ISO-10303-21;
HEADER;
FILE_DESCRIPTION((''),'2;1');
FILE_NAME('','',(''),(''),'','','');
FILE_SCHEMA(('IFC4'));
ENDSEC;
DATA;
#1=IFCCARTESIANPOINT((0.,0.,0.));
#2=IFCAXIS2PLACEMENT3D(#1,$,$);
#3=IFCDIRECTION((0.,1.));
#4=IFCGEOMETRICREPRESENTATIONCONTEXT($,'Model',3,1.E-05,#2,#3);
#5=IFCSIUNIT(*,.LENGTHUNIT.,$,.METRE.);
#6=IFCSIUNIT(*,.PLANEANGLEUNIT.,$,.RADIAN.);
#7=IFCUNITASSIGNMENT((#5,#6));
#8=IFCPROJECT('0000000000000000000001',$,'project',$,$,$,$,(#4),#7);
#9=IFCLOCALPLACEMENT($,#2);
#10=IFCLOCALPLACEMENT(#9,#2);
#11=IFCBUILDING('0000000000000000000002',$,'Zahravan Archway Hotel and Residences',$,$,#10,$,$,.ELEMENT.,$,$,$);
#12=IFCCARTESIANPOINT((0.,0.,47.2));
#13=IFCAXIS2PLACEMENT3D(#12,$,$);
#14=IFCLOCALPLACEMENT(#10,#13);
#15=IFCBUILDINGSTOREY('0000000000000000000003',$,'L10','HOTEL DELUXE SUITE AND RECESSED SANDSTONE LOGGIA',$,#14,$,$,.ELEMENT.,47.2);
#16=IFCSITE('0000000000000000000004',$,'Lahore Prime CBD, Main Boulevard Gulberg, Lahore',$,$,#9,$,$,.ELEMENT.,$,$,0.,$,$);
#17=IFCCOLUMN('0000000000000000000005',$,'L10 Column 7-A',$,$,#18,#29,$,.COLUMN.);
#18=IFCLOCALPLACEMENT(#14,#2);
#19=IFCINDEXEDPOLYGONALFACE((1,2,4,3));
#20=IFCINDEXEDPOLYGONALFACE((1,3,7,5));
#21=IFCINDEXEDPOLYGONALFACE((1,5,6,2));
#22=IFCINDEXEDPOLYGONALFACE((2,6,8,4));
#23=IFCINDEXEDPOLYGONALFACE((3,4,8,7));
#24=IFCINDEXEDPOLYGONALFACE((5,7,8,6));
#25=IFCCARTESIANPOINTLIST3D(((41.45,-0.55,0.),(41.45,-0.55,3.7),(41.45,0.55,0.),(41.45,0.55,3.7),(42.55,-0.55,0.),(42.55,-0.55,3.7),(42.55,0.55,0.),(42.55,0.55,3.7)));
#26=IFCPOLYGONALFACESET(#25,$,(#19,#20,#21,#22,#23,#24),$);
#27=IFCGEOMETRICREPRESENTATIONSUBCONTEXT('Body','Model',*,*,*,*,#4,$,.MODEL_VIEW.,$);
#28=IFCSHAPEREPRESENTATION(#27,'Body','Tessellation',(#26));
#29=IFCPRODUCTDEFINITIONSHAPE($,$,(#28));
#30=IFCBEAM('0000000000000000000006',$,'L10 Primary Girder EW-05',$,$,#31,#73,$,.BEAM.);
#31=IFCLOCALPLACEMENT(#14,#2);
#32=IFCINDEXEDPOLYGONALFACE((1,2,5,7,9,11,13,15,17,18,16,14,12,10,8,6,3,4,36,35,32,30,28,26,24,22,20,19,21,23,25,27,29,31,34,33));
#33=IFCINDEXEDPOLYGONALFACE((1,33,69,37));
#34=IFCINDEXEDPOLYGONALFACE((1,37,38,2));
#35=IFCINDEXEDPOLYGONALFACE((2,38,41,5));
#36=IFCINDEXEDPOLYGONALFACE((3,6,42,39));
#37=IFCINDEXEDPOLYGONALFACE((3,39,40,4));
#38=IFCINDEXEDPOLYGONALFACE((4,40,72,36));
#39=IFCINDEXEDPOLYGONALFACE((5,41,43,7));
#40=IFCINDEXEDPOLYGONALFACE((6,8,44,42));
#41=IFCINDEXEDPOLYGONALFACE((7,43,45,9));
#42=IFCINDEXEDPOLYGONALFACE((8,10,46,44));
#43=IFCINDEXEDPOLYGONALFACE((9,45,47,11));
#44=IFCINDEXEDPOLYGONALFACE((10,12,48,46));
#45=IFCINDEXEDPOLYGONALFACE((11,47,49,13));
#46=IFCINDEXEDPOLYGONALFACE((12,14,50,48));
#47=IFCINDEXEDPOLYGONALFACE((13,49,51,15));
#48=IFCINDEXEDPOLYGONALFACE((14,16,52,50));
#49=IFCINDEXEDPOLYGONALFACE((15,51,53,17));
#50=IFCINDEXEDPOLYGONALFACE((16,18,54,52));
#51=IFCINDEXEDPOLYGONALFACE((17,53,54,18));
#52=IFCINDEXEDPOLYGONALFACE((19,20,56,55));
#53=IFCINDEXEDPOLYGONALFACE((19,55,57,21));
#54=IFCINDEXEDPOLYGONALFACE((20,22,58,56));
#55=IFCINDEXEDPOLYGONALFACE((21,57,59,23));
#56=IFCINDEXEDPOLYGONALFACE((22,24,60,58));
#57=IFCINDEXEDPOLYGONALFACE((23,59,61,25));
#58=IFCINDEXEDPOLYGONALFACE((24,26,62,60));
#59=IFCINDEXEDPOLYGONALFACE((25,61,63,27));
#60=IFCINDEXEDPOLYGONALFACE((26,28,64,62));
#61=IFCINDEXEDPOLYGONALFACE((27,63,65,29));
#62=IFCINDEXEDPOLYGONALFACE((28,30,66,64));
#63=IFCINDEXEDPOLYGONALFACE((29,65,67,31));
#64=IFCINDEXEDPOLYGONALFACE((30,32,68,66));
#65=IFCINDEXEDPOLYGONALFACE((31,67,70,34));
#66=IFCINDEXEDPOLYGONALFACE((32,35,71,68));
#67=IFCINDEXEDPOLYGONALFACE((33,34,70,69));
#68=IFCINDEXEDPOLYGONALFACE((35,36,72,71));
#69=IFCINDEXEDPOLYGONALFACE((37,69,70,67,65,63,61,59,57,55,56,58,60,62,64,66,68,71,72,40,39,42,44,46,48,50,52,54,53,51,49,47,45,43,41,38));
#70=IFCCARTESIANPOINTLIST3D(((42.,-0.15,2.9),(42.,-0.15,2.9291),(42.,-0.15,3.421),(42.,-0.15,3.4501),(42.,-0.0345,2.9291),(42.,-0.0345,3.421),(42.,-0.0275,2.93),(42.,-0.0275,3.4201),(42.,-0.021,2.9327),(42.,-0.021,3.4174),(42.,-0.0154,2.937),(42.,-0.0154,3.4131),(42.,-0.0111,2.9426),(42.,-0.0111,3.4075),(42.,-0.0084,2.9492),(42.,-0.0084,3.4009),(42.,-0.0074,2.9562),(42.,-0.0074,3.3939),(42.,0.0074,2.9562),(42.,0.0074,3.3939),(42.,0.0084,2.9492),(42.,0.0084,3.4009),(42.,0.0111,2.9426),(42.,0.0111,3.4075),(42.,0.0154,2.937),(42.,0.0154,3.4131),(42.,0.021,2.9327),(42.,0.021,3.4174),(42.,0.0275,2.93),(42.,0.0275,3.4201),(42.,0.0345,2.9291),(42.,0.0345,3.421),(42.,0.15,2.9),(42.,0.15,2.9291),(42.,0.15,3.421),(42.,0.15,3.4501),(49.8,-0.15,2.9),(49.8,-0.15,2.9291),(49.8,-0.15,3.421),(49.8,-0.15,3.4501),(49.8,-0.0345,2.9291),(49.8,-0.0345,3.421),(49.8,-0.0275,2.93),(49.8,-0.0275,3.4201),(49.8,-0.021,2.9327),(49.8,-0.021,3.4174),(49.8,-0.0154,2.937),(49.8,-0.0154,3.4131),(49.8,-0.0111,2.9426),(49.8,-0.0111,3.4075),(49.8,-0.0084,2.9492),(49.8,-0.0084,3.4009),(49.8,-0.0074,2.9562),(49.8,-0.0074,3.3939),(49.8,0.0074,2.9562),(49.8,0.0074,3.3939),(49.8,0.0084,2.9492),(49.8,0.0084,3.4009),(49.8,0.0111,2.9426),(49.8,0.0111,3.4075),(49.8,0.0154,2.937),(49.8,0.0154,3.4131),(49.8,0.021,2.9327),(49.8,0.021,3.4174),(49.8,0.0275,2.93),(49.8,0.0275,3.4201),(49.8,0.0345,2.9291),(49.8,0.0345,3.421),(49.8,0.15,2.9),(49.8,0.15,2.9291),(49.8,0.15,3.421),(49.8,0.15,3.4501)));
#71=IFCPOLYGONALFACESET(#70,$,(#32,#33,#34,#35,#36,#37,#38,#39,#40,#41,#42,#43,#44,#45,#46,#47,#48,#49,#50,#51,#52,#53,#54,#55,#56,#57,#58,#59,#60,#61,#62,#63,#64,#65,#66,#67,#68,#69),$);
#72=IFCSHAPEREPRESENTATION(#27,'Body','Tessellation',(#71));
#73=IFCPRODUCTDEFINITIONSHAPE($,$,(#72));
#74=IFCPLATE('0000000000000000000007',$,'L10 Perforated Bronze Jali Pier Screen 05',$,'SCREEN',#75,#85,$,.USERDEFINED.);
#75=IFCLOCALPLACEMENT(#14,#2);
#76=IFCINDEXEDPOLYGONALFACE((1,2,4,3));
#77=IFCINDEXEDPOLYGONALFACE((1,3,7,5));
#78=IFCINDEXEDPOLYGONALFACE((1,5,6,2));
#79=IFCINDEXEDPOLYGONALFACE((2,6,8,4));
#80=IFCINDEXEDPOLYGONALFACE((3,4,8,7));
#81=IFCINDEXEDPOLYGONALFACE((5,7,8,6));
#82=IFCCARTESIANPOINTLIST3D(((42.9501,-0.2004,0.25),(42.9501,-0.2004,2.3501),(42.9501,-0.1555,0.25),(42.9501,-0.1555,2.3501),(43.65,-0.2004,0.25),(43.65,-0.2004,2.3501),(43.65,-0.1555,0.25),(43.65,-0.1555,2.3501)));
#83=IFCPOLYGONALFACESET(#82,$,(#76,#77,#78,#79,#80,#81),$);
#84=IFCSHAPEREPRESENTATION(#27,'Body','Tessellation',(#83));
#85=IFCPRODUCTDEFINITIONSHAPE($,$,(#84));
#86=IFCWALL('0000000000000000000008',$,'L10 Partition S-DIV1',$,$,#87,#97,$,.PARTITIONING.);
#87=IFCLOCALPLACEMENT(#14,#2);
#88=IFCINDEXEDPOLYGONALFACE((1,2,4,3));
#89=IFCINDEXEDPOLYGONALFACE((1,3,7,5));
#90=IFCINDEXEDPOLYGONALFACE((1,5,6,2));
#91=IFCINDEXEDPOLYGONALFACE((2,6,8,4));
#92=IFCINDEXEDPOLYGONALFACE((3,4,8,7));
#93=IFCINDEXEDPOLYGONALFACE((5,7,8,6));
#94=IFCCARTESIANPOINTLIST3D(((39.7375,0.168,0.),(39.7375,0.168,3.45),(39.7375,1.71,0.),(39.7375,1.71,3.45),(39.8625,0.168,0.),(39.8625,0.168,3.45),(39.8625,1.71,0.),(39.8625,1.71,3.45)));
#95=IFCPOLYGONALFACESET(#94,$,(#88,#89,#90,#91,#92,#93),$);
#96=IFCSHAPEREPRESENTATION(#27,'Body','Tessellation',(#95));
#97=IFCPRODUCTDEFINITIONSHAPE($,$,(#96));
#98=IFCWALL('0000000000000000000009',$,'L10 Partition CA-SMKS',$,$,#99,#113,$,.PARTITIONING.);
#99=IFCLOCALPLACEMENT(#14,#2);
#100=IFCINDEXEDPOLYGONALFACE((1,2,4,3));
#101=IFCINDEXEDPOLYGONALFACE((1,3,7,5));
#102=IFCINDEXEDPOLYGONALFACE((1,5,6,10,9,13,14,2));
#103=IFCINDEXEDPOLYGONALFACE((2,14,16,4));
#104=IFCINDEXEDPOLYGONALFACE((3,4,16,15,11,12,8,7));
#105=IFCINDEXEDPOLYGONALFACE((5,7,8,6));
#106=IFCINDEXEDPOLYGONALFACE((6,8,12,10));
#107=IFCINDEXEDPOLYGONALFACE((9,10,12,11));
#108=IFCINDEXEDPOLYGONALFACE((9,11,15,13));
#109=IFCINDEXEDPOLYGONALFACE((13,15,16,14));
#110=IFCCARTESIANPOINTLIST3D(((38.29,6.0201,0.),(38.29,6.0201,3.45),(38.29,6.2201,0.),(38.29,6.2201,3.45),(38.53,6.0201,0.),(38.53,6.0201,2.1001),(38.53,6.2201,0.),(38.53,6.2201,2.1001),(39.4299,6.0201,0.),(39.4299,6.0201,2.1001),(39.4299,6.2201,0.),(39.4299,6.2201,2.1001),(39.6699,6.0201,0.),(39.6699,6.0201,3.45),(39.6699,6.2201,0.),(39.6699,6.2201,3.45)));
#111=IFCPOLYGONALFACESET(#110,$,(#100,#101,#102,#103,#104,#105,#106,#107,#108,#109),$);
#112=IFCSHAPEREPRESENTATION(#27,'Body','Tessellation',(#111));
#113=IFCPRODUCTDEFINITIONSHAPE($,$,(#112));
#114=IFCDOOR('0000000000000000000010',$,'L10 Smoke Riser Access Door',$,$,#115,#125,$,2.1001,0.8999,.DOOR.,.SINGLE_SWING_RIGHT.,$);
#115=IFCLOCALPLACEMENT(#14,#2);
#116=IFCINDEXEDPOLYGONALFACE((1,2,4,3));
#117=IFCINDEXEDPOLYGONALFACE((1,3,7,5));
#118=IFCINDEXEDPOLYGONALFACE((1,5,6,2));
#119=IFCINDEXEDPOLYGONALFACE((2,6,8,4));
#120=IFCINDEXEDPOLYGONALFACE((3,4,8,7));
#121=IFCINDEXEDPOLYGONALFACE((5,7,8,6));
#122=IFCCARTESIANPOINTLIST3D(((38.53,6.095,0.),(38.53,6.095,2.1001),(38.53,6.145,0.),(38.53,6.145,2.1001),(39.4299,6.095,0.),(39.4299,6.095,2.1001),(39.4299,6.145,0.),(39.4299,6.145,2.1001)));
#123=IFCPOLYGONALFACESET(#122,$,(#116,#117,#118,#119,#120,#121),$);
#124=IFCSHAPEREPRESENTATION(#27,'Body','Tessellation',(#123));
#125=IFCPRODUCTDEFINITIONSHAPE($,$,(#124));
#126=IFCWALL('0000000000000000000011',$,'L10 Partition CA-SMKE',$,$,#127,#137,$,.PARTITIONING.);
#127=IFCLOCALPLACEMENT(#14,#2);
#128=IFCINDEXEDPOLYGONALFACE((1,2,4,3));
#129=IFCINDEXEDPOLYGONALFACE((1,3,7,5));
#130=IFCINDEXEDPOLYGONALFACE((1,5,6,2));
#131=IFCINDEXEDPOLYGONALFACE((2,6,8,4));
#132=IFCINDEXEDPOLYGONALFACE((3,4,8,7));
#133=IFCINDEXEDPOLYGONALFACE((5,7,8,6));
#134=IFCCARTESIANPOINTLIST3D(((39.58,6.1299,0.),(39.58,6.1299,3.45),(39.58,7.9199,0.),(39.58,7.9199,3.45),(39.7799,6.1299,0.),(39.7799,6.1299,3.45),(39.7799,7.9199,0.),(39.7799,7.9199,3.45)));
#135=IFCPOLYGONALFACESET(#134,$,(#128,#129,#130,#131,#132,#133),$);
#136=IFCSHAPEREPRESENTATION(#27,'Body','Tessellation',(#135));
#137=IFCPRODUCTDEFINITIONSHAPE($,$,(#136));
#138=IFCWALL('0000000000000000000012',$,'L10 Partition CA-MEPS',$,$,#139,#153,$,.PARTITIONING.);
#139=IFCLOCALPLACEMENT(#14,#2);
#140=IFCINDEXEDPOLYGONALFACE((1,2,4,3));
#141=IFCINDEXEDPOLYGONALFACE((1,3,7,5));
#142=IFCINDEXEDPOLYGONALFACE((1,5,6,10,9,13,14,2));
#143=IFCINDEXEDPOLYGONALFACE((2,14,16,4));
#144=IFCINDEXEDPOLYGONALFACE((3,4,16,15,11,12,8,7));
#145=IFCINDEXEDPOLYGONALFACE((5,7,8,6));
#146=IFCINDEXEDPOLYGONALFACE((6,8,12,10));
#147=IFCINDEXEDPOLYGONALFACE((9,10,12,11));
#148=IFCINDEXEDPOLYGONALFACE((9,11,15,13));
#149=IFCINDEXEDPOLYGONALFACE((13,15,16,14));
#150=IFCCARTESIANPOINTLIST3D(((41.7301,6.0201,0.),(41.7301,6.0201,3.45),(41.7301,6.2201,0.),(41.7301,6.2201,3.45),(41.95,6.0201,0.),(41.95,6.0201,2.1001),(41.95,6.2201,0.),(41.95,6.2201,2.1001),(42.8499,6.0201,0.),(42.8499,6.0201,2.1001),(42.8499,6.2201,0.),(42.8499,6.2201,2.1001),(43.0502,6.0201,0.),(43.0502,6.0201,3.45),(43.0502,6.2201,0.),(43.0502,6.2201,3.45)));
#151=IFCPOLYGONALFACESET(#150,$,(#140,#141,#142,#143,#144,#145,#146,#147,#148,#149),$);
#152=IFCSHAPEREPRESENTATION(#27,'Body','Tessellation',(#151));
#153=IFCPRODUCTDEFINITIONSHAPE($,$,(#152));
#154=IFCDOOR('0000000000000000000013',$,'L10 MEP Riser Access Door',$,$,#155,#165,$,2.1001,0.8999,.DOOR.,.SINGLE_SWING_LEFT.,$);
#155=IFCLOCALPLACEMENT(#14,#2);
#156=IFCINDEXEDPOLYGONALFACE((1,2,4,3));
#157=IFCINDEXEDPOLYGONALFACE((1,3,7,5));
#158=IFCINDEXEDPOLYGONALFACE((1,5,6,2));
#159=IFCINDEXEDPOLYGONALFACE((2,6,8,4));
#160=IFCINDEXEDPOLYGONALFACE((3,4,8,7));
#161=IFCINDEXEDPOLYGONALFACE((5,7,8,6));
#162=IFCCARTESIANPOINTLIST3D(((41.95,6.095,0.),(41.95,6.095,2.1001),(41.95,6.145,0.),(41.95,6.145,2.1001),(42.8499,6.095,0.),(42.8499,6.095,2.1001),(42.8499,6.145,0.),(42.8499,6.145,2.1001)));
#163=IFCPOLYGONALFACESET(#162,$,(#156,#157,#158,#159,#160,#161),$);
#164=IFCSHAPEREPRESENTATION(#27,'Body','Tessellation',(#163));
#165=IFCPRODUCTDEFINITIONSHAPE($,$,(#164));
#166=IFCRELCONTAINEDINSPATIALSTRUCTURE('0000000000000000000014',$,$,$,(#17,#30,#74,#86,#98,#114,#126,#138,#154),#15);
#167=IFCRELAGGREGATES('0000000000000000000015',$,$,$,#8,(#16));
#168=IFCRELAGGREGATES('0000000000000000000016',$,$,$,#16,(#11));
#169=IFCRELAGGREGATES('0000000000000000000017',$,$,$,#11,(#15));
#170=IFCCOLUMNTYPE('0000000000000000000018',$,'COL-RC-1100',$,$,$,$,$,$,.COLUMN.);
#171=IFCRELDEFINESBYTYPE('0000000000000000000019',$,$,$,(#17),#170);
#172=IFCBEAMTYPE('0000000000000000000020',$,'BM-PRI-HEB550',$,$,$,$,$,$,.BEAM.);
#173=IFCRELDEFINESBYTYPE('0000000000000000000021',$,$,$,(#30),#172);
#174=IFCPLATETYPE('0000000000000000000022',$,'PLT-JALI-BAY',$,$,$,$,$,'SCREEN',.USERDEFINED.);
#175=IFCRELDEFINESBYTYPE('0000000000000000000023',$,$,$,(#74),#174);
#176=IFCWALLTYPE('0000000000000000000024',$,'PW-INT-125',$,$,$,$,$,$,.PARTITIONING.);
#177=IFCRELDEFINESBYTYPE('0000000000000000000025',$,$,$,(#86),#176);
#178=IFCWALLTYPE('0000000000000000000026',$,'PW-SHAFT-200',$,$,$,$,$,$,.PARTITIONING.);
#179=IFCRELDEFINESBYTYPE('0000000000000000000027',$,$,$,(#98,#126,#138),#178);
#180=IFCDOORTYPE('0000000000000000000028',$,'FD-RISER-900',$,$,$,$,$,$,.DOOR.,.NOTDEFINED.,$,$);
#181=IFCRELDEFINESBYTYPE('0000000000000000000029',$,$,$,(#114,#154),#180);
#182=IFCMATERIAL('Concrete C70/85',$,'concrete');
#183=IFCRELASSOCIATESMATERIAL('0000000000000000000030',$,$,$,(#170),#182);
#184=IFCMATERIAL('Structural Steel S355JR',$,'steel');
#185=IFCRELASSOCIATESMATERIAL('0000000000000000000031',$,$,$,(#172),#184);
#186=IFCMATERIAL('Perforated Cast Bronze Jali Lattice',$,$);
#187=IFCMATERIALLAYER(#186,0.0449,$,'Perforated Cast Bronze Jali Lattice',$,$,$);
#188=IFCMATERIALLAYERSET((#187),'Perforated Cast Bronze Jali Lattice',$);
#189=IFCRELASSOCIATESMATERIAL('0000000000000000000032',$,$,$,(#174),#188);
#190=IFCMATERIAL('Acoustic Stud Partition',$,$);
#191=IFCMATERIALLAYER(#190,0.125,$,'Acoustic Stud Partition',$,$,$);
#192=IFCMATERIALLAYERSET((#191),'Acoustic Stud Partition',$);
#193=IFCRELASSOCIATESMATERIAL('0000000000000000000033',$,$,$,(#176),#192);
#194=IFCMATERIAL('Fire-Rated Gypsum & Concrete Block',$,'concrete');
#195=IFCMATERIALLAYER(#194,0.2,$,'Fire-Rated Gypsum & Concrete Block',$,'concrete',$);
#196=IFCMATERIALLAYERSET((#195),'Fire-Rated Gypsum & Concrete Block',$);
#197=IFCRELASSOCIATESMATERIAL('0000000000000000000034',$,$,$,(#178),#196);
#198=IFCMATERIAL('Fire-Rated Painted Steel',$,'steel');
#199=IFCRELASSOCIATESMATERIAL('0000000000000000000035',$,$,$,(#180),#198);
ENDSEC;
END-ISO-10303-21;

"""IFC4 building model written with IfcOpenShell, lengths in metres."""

from ifc_helpers import new_model, si_unit, direction, frame, frame_2d, origin, origin_2d, place, context, subcontext, project, spatial, rectangle, i_section, extrude, source, transform, mapped, material, layer, layer_set, material_profile, profile_set, type_object, type_shapes, element, fill, save


model = new_model("IFC4")

# Units and contexts
model_context = context("Model", 3, precision=1e-05, world=origin(), true_north=direction((0.0, 1.0)))
body_context = subcontext(model_context, "Body", "Model", "MODEL_VIEW")
ifc_project = project(units=[si_unit("LENGTHUNIT", "METRE"), si_unit("PLANEANGLEUNIT", "RADIAN")], contexts=[model_context])

# Site, building, storey
site_placement = place(None, origin())
site = spatial("IfcSite", under=ifc_project, at=site_placement, Name="Lahore Prime CBD, Main Boulevard Gulberg, Lahore", CompositionType="ELEMENT", RefElevation=0.0)
building_placement = place(site_placement, origin())
building = spatial("IfcBuilding", under=site, at=building_placement, Name="Zahravan Archway Hotel and Residences", CompositionType="ELEMENT")
storey_placement = place(building_placement, frame((0.0, 0.0, 47.2)))
storey = spatial("IfcBuildingStorey", under=building, at=storey_placement, Name="L10", Description="HOTEL DELUXE SUITE AND RECESSED SANDSTONE LOGGIA", CompositionType="ELEMENT", Elevation=47.2)

# Column
ifc_material_1 = material(Name="Concrete C70/85", Category="concrete")
ifc_material_profile_1 = material_profile(ifc_material_1, rectangle(XDim=1.1001, YDim=1.1001, at=origin_2d()), Name="RC 1100x1100", Category="concrete")
ifc_profile_set_1 = profile_set([ifc_material_profile_1], Name="Concrete C70/85")
column_type = type_object("IfcColumnType", Name="COL-RC-1100", PredefinedType="COLUMN", material=ifc_profile_set_1)
shared_shape_1 = source(origin(), body_context, "Body", "SweptSolid", [
    extrude(rectangle(XDim=1.1001, YDim=1.1001, at=origin_2d()), origin(), (0.0, 0.0, 1.0), 3.7),
])
column_placement = place(storey_placement, frame((42.0, 0.0, 0.0), z_axis=(0.0, 0.0, 1.0), x_axis=(1.0, 0.0, 0.0)))
element("IfcColumn", 1, at=column_placement, inside=storey, type_object=column_type, Name="L10 Column 7-A", PredefinedType="COLUMN", context=body_context, shape_type="MappedRepresentation", body=[
    mapped(shared_shape_1, transform((0.0, 0.0, 0.0), scale=1.0)),
])

# Beam
ifc_material_2 = material(Name="Structural Steel S355JR", Category="steel")
ifc_material_profile_2 = material_profile(ifc_material_2, i_section(OverallWidth=0.3, OverallDepth=0.55, WebThickness=0.0149, FlangeThickness=0.0291, FilletRadius=0.0271, at=origin_2d()), Name="HEB 550", Category="steel")
ifc_profile_set_2 = profile_set([ifc_material_profile_2], Name="Structural Steel S355JR")
beam_type = type_object("IfcBeamType", Name="BM-PRI-HEB550", PredefinedType="BEAM", material=ifc_profile_set_2)
shared_shape_2 = source(origin(), body_context, "Body", "SweptSolid", [
    extrude(i_section(OverallWidth=0.3, OverallDepth=0.55, WebThickness=0.0149, FlangeThickness=0.0291, FilletRadius=0.0271, at=origin_2d()), origin(), (0.0, 0.0, 1.0), 7.8),
])
beam_placement = place(storey_placement, frame((42.0, 0.0, 3.175), z_axis=(1.0, 0.0, 0.0), x_axis=(0.0, 1.0, 0.0)))
element("IfcBeam", 2, at=beam_placement, inside=storey, type_object=beam_type, Name="L10 Primary Girder EW-05", PredefinedType="BEAM", context=body_context, shape_type="MappedRepresentation", body=[
    mapped(shared_shape_2, transform((0.0, 0.0, 0.0), scale=1.0)),
])

# Plate
ifc_material_3 = material(Name="Perforated Cast Bronze Jali Lattice")
ifc_layer_1 = layer(ifc_material_3, 0.0449, Name="Perforated Cast Bronze Jali Lattice")
ifc_layer_set_1 = layer_set([ifc_layer_1], Name="Perforated Cast Bronze Jali Lattice")
plate_type = type_object("IfcPlateType", Name="PLT-JALI-BAY", ElementType="SCREEN", PredefinedType="USERDEFINED", material=ifc_layer_set_1)
shared_shape_3 = source(origin(), body_context, "Body", "SweptSolid", [
    extrude(rectangle(XDim=0.7, YDim=0.0449, at=origin_2d()), origin(), (0.0, 0.0, 1.0), 2.1001),
])
type_shapes(plate_type, [shared_shape_3])
plate_placement = place(storey_placement, frame((43.3, -0.178, 0.25), z_axis=(0.0, 0.0, 1.0), x_axis=(1.0, 0.0, 0.0)))
element("IfcPlate", 3, at=plate_placement, inside=storey, type_object=plate_type, Name="L10 Perforated Bronze Jali Pier Screen 05", ObjectType="SCREEN", PredefinedType="USERDEFINED", context=body_context, shape_type="MappedRepresentation", body=[
    mapped(shared_shape_3, transform((0.0, 0.0, 0.0), scale=1.0)),
])

# Wall
ifc_material_4 = material(Name="Acoustic Stud Partition")
ifc_layer_2 = layer(ifc_material_4, 0.125, Name="Acoustic Stud Partition")
ifc_layer_set_2 = layer_set([ifc_layer_2], Name="Acoustic Stud Partition")
wall_type_1 = type_object("IfcWallType", Name="PW-INT-125", PredefinedType="PARTITIONING", material=ifc_layer_set_2)
wall_1_placement = place(storey_placement, frame((39.8, 0.168, 0.0), z_axis=(0.0, 0.0, 1.0), x_axis=(0.0, 1.0, 0.0)))
element("IfcWall", 4, at=wall_1_placement, inside=storey, type_object=wall_type_1, Name="L10 Partition S-DIV1", PredefinedType="PARTITIONING", context=body_context, shape_type="SweptSolid", body=[
    extrude(rectangle(XDim=1.542, YDim=0.125, at=frame_2d((0.771, 0.0))), origin(), (0.0, 0.0, 1.0), 3.45),
])

# Wall, opening, door
ifc_material_5 = material(Name="Fire-Rated Gypsum & Concrete Block", Category="concrete")
ifc_layer_3 = layer(ifc_material_5, 0.2, Name="Fire-Rated Gypsum & Concrete Block", Category="concrete")
ifc_layer_set_3 = layer_set([ifc_layer_3], Name="Fire-Rated Gypsum & Concrete Block")
wall_type_2 = type_object("IfcWallType", Name="PW-SHAFT-200", PredefinedType="PARTITIONING", material=ifc_layer_set_3)
wall_2_placement = place(storey_placement, frame((38.29, 6.1201, 0.0), z_axis=(0.0, 0.0, 1.0), x_axis=(1.0, 0.0, 0.0)))
wall_2 = element("IfcWall", 5, at=wall_2_placement, inside=storey, type_object=wall_type_2, Name="L10 Partition CA-SMKS", PredefinedType="PARTITIONING", context=body_context, shape_type="SweptSolid", body=[
    extrude(rectangle(XDim=1.3799, YDim=0.2, at=frame_2d((0.6899, 0.0))), origin(), (0.0, 0.0, 1.0), 3.45),
])
opening_1_placement = place(wall_2_placement, frame((0.24, 0.0, 0.0)))
opening_1 = element("IfcOpeningElement", 6, at=opening_1_placement, cuts=wall_2, PredefinedType="OPENING", context=body_context, shape_type="SweptSolid", body=[
    extrude(rectangle(XDim=0.8999, YDim=2.1001, at=frame_2d((0.45, 1.05))), frame((0.0, 0.1099, 0.0), z_axis=(0.0, -1.0, 0.0), x_axis=(1.0, 0.0, 0.0)), (0.0, 0.0, 1.0), 0.22),
])
ifc_material_6 = material(Name="Fire-Rated Painted Steel", Category="steel")
door_type = type_object("IfcDoorType", Name="FD-RISER-900", OperationType="NOTDEFINED", PredefinedType="DOOR", material=ifc_material_6)
shared_shape_4 = source(origin(), body_context, "Body", "SweptSolid", [
    extrude(rectangle(XDim=0.8999, YDim=2.1001, at=frame_2d((0.45, 1.05))), frame((0.0, 0.0249, 0.0), z_axis=(0.0, -1.0, 0.0), x_axis=(1.0, 0.0, 0.0)), (0.0, 0.0, 1.0), 0.05),
])
type_shapes(door_type, [shared_shape_4])
door_1_placement = place(opening_1_placement, origin())
door_1 = element("IfcDoor", 7, at=door_1_placement, inside=storey, type_object=door_type, Name="L10 Smoke Riser Access Door", OperationType="SINGLE_SWING_RIGHT", OverallHeight=2.1001, OverallWidth=0.8999, PredefinedType="DOOR", context=body_context, shape_type="MappedRepresentation", body=[
    mapped(shared_shape_4, transform((0.0, 0.0, 0.0), scale=1.0)),
])
fill(opening_1, door_1)

# Wall
wall_3_placement = place(storey_placement, frame((39.6799, 6.1299, 0.0), z_axis=(0.0, 0.0, 1.0), x_axis=(0.0, 1.0, 0.0)))
element("IfcWall", 8, at=wall_3_placement, inside=storey, type_object=wall_type_2, Name="L10 Partition CA-SMKE", PredefinedType="PARTITIONING", context=body_context, shape_type="SweptSolid", body=[
    extrude(rectangle(XDim=1.79, YDim=0.2, at=frame_2d((0.895, 0.0))), origin(), (0.0, 0.0, 1.0), 3.45),
])

# Wall, opening, door
wall_4_placement = place(storey_placement, frame((41.73, 6.1201, 0.0), z_axis=(0.0, 0.0, 1.0), x_axis=(1.0, 0.0, 0.0)))
wall_4 = element("IfcWall", 9, at=wall_4_placement, inside=storey, type_object=wall_type_2, Name="L10 Partition CA-MEPS", PredefinedType="PARTITIONING", context=body_context, shape_type="SweptSolid", body=[
    extrude(rectangle(XDim=1.3201, YDim=0.2, at=frame_2d((0.6602, 0.0))), origin(), (0.0, 0.0, 1.0), 3.45),
])
opening_2_placement = place(wall_4_placement, frame((0.22, 0.0, 0.0)))
opening_2 = element("IfcOpeningElement", 10, at=opening_2_placement, cuts=wall_4, PredefinedType="OPENING", context=body_context, shape_type="SweptSolid", body=[
    extrude(rectangle(XDim=0.8999, YDim=2.1001, at=frame_2d((0.45, 1.05))), frame((0.0, 0.1099, 0.0), z_axis=(0.0, -1.0, 0.0), x_axis=(1.0, 0.0, 0.0)), (0.0, 0.0, 1.0), 0.22),
])
door_2_placement = place(opening_2_placement, origin())
door_2 = element("IfcDoor", 11, at=door_2_placement, inside=storey, type_object=door_type, Name="L10 MEP Riser Access Door", OperationType="SINGLE_SWING_LEFT", OverallHeight=2.1001, OverallWidth=0.8999, PredefinedType="DOOR", context=body_context, shape_type="MappedRepresentation", body=[
    mapped(shared_shape_4, transform((0.0, 0.0, 0.0), scale=1.0)),
])
fill(opening_2, door_2)

save(model, "model.ifc")
